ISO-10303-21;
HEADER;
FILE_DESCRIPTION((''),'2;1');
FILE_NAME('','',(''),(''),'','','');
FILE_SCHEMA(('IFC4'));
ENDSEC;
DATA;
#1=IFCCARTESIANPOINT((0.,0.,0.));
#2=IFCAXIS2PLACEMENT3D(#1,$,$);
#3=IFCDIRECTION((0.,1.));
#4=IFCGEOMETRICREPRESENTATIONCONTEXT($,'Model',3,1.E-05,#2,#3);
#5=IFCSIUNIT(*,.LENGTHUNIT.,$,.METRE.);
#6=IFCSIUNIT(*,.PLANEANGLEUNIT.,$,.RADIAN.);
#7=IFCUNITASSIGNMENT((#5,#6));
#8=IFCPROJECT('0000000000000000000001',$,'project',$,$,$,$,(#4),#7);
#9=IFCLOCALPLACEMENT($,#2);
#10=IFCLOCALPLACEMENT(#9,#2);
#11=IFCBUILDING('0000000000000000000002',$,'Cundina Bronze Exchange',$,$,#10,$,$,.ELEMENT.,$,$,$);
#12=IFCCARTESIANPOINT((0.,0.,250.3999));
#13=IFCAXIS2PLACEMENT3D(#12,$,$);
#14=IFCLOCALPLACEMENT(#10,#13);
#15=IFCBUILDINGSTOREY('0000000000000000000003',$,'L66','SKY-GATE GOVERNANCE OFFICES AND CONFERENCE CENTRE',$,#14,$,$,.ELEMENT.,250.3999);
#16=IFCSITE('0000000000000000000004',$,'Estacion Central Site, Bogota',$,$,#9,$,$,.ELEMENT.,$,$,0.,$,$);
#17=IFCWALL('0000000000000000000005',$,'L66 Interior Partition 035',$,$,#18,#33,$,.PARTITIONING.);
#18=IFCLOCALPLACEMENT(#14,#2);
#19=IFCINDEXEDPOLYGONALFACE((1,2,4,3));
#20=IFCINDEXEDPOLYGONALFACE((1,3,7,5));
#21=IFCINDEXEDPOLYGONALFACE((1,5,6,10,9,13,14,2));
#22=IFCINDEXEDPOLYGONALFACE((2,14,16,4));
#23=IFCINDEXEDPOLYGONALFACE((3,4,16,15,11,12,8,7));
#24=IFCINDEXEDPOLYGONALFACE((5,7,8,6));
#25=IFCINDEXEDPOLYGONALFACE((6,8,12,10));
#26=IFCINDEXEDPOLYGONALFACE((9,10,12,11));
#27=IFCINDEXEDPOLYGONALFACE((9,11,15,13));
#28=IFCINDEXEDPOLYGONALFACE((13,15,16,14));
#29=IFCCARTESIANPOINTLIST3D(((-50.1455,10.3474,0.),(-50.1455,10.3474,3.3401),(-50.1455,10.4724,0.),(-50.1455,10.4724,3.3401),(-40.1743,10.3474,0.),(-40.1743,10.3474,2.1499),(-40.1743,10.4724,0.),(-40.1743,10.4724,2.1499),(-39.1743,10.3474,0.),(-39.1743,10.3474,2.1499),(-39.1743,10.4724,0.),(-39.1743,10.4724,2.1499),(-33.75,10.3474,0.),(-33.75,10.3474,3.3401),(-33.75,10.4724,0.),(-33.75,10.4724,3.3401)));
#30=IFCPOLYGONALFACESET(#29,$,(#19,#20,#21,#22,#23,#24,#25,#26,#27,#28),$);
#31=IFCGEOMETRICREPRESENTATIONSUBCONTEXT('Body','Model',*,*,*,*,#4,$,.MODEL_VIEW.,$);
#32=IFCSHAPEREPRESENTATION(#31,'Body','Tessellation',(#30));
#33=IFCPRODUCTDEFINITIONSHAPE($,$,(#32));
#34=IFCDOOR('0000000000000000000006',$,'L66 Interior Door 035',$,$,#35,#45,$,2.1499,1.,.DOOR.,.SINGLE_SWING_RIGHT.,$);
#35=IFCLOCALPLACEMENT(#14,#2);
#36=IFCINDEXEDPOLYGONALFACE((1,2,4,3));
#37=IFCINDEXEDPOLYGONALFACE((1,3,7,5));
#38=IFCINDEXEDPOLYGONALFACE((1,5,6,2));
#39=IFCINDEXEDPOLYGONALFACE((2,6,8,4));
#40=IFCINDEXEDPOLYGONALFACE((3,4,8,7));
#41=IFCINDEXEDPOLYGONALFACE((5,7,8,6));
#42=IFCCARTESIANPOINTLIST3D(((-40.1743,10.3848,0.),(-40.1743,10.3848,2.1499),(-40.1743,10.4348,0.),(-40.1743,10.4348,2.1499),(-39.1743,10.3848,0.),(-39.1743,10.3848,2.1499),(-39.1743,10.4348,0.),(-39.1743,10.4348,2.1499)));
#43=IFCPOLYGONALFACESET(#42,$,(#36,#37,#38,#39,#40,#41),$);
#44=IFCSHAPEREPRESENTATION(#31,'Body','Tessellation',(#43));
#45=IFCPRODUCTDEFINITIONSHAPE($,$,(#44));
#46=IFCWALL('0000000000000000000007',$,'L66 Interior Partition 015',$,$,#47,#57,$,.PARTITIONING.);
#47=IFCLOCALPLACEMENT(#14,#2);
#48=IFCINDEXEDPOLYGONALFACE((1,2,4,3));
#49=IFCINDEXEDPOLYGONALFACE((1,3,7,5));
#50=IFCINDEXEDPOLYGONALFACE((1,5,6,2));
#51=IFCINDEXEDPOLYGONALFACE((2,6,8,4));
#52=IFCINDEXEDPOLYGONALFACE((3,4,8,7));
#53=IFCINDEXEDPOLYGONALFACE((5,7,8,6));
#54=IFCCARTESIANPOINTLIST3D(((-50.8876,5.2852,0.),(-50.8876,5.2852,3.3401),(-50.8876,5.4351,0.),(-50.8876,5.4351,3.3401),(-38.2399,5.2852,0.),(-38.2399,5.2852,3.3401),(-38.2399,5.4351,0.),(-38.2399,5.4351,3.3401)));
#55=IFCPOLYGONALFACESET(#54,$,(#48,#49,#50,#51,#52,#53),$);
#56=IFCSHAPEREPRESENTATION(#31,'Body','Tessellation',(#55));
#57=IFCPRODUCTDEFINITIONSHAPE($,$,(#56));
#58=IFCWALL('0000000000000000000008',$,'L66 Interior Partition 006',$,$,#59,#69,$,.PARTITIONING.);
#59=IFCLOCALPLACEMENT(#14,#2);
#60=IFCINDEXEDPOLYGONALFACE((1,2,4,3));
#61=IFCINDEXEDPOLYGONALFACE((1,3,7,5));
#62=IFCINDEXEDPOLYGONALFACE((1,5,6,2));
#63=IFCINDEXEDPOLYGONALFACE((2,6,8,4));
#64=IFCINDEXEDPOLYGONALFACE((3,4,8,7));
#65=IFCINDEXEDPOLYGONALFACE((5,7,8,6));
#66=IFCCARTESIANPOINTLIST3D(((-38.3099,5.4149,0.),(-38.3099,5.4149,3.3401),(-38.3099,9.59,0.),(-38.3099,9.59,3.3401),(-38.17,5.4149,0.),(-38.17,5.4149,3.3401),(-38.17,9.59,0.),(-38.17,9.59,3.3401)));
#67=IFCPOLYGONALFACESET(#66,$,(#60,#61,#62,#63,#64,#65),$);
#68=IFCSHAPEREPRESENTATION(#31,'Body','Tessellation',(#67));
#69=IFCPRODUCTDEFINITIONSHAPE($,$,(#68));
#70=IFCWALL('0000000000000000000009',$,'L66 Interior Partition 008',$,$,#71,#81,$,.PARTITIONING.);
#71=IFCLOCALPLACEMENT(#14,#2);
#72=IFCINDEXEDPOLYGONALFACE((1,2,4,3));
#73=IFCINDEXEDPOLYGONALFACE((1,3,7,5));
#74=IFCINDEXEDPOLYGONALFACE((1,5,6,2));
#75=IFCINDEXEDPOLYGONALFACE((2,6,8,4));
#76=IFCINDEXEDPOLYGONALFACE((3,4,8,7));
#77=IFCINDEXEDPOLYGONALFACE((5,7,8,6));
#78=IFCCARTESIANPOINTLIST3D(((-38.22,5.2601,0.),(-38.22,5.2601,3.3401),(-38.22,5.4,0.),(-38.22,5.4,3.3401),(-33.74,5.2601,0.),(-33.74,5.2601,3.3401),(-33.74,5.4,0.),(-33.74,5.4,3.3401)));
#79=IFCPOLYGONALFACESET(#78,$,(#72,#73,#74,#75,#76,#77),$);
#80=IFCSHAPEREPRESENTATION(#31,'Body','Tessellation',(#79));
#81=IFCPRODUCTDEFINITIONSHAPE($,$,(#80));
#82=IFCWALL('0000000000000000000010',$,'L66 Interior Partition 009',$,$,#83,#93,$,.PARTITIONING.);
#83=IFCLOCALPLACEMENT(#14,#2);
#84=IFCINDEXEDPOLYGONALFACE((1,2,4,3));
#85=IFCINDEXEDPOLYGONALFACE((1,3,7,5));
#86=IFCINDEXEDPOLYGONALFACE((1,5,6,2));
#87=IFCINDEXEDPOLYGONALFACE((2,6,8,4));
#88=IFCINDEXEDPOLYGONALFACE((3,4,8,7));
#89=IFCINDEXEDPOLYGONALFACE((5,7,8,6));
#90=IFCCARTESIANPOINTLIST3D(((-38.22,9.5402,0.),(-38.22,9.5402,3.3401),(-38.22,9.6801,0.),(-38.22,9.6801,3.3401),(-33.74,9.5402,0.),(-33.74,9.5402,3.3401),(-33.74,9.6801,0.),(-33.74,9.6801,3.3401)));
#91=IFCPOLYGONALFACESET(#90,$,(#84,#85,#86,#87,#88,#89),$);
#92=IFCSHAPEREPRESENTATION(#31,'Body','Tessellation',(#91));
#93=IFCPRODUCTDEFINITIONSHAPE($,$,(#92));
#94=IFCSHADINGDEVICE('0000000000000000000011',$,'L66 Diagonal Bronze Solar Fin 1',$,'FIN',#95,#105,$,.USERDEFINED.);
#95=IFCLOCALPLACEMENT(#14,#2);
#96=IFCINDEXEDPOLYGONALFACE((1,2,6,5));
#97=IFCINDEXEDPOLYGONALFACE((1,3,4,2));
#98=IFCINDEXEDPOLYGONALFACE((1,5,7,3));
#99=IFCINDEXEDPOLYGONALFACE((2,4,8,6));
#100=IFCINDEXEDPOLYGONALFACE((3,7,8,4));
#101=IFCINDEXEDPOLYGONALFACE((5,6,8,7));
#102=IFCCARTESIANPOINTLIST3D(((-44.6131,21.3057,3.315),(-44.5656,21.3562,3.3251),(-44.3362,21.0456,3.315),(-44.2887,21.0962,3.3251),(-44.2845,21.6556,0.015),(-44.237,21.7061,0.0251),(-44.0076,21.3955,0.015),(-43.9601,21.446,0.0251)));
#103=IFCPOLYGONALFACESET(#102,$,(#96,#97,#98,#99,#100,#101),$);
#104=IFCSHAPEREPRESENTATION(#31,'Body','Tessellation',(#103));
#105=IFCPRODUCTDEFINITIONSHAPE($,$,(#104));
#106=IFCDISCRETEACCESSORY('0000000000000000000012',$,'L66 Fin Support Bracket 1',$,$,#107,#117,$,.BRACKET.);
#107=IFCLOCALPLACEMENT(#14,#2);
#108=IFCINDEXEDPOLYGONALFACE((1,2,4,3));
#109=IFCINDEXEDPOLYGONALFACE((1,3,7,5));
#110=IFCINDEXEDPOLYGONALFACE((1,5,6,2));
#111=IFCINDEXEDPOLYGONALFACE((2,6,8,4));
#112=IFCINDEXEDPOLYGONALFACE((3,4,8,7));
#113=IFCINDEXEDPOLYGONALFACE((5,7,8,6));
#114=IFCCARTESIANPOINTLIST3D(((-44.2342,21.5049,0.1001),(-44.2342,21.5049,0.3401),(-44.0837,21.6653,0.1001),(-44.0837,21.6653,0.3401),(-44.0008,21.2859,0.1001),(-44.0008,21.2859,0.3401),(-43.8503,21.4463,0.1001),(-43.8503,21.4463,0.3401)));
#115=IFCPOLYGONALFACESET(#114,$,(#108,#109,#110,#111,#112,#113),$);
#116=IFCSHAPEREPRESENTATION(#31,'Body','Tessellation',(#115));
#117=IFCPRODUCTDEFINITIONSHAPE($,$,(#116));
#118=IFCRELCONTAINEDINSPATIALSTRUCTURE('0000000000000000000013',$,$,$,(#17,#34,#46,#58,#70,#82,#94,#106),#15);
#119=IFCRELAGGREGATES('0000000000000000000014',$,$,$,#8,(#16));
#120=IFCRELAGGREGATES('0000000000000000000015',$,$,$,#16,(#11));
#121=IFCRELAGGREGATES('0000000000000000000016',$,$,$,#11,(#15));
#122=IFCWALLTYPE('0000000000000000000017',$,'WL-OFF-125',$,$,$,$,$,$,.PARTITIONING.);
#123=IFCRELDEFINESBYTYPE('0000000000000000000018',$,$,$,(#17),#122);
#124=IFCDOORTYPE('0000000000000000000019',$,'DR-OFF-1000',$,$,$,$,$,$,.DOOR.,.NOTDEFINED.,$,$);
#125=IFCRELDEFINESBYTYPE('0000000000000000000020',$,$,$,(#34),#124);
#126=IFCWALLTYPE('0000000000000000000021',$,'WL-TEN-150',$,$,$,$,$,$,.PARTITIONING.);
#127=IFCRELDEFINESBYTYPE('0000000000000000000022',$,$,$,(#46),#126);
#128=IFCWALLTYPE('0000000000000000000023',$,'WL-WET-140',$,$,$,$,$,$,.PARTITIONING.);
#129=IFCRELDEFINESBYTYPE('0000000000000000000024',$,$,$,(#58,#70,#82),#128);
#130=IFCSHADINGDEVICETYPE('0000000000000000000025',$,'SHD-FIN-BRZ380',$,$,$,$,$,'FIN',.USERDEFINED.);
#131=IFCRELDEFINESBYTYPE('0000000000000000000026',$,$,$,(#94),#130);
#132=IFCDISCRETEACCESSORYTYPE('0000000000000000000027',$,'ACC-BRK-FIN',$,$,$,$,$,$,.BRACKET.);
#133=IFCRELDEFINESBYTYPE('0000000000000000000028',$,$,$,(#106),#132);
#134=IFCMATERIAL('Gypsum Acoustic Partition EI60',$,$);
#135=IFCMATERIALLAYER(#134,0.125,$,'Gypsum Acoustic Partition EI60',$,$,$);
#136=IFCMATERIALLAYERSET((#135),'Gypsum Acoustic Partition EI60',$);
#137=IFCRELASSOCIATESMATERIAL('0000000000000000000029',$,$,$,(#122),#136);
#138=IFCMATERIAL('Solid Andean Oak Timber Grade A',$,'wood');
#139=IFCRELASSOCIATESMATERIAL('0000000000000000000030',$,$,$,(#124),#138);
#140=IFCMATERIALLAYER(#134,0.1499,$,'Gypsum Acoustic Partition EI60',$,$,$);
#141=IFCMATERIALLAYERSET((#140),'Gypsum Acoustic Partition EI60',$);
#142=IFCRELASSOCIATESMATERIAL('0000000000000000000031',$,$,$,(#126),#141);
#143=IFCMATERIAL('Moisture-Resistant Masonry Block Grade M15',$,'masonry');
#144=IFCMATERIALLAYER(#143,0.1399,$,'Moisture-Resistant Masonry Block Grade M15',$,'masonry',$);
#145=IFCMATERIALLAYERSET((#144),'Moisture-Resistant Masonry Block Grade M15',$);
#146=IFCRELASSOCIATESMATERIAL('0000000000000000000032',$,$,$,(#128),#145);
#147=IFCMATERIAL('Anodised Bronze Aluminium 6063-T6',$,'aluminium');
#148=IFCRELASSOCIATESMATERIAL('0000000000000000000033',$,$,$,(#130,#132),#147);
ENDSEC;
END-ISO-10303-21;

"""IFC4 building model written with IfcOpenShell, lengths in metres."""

from ifc_helpers import new_model, si_unit, direction, frame, frame_2d, origin, origin_2d, place, context, subcontext, project, spatial, rectangle, extrude, material, layer, layer_set, material_profile, profile_set, type_object, element, fill, save


model = new_model("IFC4")

# Units and contexts
model_context = context("Model", 3, precision=1e-05, world=origin(), true_north=direction((0.0, 1.0)))
body_context = subcontext(model_context, "Body", "Model", "MODEL_VIEW")
ifc_project = project(units=[si_unit("LENGTHUNIT", "METRE"), si_unit("PLANEANGLEUNIT", "RADIAN")], contexts=[model_context])

# Site, building, storey
site_placement = place(None, origin())
site = spatial("IfcSite", under=ifc_project, at=site_placement, Name="Estacion Central Site, Bogota", CompositionType="ELEMENT", RefElevation=0.0)
building_placement = place(site_placement, origin())
building = spatial("IfcBuilding", under=site, at=building_placement, Name="Cundina Bronze Exchange", CompositionType="ELEMENT")
storey_placement = place(building_placement, frame((0.0, 0.0, 250.3999)))
storey = spatial("IfcBuildingStorey", under=building, at=storey_placement, Name="L66", Description="SKY-GATE GOVERNANCE OFFICES AND CONFERENCE CENTRE", CompositionType="ELEMENT", Elevation=250.3999)

# Shared definitions
ifc_material_1 = material(Name="Anodised Bronze Aluminium 6063-T6", Category="aluminium")

# Wall, opening, door
ifc_material_2 = material(Name="Gypsum Acoustic Partition EI60")
ifc_layer_1 = layer(ifc_material_2, 0.125, Name="Gypsum Acoustic Partition EI60")
ifc_layer_set_1 = layer_set([ifc_layer_1], Name="Gypsum Acoustic Partition EI60")
wall_type_1 = type_object("IfcWallType", Name="WL-OFF-125", PredefinedType="PARTITIONING", material=ifc_layer_set_1)
wall_1_placement = place(storey_placement, frame((-50.1455, 10.4099, 0.0), z_axis=(0.0, 0.0, 1.0), x_axis=(1.0, 0.0, 0.0)))
wall_1 = element("IfcWall", 1, at=wall_1_placement, inside=storey, type_object=wall_type_1, Name="L66 Interior Partition 035", PredefinedType="PARTITIONING", context=body_context, shape_type="SweptSolid", body=[
    extrude(rectangle(XDim=16.3955, YDim=0.125, at=frame_2d((8.1978, 0.0))), origin(), (0.0, 0.0, 1.0), 3.3401),
])
opening_placement = place(wall_1_placement, frame((9.9712, 0.0, 0.0)))
opening = element("IfcOpeningElement", 2, at=opening_placement, cuts=wall_1, PredefinedType="OPENING", context=body_context, shape_type="SweptSolid", body=[
    extrude(rectangle(XDim=1.0, YDim=2.1499, at=frame_2d((0.5, 1.075))), frame((0.0, 0.0725, 0.0), z_axis=(0.0, -1.0, 0.0), x_axis=(1.0, 0.0, 0.0)), (0.0, 0.0, 1.0), 0.145),
])
ifc_material_3 = material(Name="Solid Andean Oak Timber Grade A", Category="wood")
door_type = type_object("IfcDoorType", Name="DR-OFF-1000", OperationType="NOTDEFINED", PredefinedType="DOOR", material=ifc_material_3)
door_placement = place(opening_placement, origin())
door = element("IfcDoor", 3, at=door_placement, inside=storey, type_object=door_type, Name="L66 Interior Door 035", OperationType="SINGLE_SWING_RIGHT", OverallHeight=2.1499, OverallWidth=1.0, PredefinedType="DOOR", context=body_context, shape_type="SweptSolid", body=[
    extrude(rectangle(XDim=1.0, YDim=2.1499, at=frame_2d((0.5, 1.075))), frame((0.0, 0.0249, 0.0), z_axis=(0.0, -1.0, 0.0), x_axis=(1.0, 0.0, 0.0)), (0.0, 0.0, 1.0), 0.05),
])
fill(opening, door)

# Walls
ifc_layer_2 = layer(ifc_material_2, 0.1499, Name="Gypsum Acoustic Partition EI60")
ifc_layer_set_2 = layer_set([ifc_layer_2], Name="Gypsum Acoustic Partition EI60")
wall_type_2 = type_object("IfcWallType", Name="WL-TEN-150", PredefinedType="PARTITIONING", material=ifc_layer_set_2)
wall_2_placement = place(storey_placement, frame((-50.8875, 5.3601, 0.0), z_axis=(0.0, 0.0, 1.0), x_axis=(1.0, 0.0, 0.0)))
element("IfcWall", 4, at=wall_2_placement, inside=storey, type_object=wall_type_2, Name="L66 Interior Partition 015", PredefinedType="PARTITIONING", context=body_context, shape_type="SweptSolid", body=[
    extrude(rectangle(XDim=12.6477, YDim=0.1499, at=frame_2d((6.3237, 0.0))), origin(), (0.0, 0.0, 1.0), 3.3401),
])
ifc_material_4 = material(Name="Moisture-Resistant Masonry Block Grade M15", Category="masonry")
ifc_layer_3 = layer(ifc_material_4, 0.1399, Name="Moisture-Resistant Masonry Block Grade M15", Category="masonry")
ifc_layer_set_3 = layer_set([ifc_layer_3], Name="Moisture-Resistant Masonry Block Grade M15")
wall_type_3 = type_object("IfcWallType", Name="WL-WET-140", PredefinedType="PARTITIONING", material=ifc_layer_set_3)
wall_3_placement = place(storey_placement, frame((-38.24, 5.415, 0.0), z_axis=(0.0, 0.0, 1.0), x_axis=(0.0, 1.0, 0.0)))
element("IfcWall", 5, at=wall_3_placement, inside=storey, type_object=wall_type_3, Name="L66 Interior Partition 006", PredefinedType="PARTITIONING", context=body_context, shape_type="SweptSolid", body=[
    extrude(rectangle(XDim=4.175, YDim=0.1399, at=frame_2d((2.0874, 0.0))), origin(), (0.0, 0.0, 1.0), 3.3401),
])
for number, where, z_axis, x_axis, name in (
    (6, (-38.22, 5.3301, 0.0), (0.0, 0.0, 1.0), (1.0, 0.0, 0.0), "L66 Interior Partition 008"),
    (7, (-38.22, 9.6101, 0.0), (0.0, 0.0, 1.0), (1.0, 0.0, 0.0), "L66 Interior Partition 009"),
):
    element("IfcWall", number, at=place(storey_placement, frame(where, z_axis=z_axis, x_axis=x_axis)), inside=storey, type_object=wall_type_3, Name=name, PredefinedType="PARTITIONING", context=body_context, shape_type="SweptSolid", body=[
        extrude(rectangle(XDim=4.48, YDim=0.1399, at=frame_2d((2.24, 0.0))), origin(), (0.0, 0.0, 1.0), 3.3401),
    ])

# Shading device
ifc_material_profile_1 = material_profile(ifc_material_1, rectangle(XDim=0.0701, YDim=0.3799, at=origin_2d()), Name="FIN70X380", Category="aluminium")
ifc_profile_set_1 = profile_set([ifc_material_profile_1], Name="Anodised Bronze Aluminium 6063-T6")
shading_device_type = type_object("IfcShadingDeviceType", Name="SHD-FIN-BRZ380", ElementType="FIN", PredefinedType="USERDEFINED", material=ifc_profile_set_1)
shading_device_placement = place(storey_placement, frame((-44.1223, 21.5508, 0.02), z_axis=(-0.098541, -0.104911, 0.989587), x_axis=(0.677506, 0.721297, 0.143933)))
element("IfcShadingDevice", 8, at=shading_device_placement, inside=storey, type_object=shading_device_type, Name="L66 Diagonal Bronze Solar Fin 1", ObjectType="FIN", PredefinedType="USERDEFINED", context=body_context, shape_type="SweptSolid", body=[
    extrude(rectangle(XDim=0.0701, YDim=0.3799, at=origin_2d()), origin(), (0.0, 0.0, 1.0), 3.3347),
])

# Discrete accessory
discrete_accessory_type = type_object("IfcDiscreteAccessoryType", Name="ACC-BRK-FIN", PredefinedType="BRACKET", material=ifc_material_1)
discrete_accessory_placement = place(storey_placement, frame((-44.0422, 21.4756, 0.1001), z_axis=(0.0, 0.0, 1.0), x_axis=(-0.684344, -0.72916, 0.0)))
element("IfcDiscreteAccessory", 9, at=discrete_accessory_placement, inside=storey, type_object=discrete_accessory_type, Name="L66 Fin Support Bracket 1", PredefinedType="BRACKET", context=body_context, shape_type="SweptSolid", body=[
    extrude(rectangle(XDim=0.22, YDim=0.3201, at=origin_2d()), origin(), (0.0, 0.0, 1.0), 0.24),
])

save(model, "model.ifc")
